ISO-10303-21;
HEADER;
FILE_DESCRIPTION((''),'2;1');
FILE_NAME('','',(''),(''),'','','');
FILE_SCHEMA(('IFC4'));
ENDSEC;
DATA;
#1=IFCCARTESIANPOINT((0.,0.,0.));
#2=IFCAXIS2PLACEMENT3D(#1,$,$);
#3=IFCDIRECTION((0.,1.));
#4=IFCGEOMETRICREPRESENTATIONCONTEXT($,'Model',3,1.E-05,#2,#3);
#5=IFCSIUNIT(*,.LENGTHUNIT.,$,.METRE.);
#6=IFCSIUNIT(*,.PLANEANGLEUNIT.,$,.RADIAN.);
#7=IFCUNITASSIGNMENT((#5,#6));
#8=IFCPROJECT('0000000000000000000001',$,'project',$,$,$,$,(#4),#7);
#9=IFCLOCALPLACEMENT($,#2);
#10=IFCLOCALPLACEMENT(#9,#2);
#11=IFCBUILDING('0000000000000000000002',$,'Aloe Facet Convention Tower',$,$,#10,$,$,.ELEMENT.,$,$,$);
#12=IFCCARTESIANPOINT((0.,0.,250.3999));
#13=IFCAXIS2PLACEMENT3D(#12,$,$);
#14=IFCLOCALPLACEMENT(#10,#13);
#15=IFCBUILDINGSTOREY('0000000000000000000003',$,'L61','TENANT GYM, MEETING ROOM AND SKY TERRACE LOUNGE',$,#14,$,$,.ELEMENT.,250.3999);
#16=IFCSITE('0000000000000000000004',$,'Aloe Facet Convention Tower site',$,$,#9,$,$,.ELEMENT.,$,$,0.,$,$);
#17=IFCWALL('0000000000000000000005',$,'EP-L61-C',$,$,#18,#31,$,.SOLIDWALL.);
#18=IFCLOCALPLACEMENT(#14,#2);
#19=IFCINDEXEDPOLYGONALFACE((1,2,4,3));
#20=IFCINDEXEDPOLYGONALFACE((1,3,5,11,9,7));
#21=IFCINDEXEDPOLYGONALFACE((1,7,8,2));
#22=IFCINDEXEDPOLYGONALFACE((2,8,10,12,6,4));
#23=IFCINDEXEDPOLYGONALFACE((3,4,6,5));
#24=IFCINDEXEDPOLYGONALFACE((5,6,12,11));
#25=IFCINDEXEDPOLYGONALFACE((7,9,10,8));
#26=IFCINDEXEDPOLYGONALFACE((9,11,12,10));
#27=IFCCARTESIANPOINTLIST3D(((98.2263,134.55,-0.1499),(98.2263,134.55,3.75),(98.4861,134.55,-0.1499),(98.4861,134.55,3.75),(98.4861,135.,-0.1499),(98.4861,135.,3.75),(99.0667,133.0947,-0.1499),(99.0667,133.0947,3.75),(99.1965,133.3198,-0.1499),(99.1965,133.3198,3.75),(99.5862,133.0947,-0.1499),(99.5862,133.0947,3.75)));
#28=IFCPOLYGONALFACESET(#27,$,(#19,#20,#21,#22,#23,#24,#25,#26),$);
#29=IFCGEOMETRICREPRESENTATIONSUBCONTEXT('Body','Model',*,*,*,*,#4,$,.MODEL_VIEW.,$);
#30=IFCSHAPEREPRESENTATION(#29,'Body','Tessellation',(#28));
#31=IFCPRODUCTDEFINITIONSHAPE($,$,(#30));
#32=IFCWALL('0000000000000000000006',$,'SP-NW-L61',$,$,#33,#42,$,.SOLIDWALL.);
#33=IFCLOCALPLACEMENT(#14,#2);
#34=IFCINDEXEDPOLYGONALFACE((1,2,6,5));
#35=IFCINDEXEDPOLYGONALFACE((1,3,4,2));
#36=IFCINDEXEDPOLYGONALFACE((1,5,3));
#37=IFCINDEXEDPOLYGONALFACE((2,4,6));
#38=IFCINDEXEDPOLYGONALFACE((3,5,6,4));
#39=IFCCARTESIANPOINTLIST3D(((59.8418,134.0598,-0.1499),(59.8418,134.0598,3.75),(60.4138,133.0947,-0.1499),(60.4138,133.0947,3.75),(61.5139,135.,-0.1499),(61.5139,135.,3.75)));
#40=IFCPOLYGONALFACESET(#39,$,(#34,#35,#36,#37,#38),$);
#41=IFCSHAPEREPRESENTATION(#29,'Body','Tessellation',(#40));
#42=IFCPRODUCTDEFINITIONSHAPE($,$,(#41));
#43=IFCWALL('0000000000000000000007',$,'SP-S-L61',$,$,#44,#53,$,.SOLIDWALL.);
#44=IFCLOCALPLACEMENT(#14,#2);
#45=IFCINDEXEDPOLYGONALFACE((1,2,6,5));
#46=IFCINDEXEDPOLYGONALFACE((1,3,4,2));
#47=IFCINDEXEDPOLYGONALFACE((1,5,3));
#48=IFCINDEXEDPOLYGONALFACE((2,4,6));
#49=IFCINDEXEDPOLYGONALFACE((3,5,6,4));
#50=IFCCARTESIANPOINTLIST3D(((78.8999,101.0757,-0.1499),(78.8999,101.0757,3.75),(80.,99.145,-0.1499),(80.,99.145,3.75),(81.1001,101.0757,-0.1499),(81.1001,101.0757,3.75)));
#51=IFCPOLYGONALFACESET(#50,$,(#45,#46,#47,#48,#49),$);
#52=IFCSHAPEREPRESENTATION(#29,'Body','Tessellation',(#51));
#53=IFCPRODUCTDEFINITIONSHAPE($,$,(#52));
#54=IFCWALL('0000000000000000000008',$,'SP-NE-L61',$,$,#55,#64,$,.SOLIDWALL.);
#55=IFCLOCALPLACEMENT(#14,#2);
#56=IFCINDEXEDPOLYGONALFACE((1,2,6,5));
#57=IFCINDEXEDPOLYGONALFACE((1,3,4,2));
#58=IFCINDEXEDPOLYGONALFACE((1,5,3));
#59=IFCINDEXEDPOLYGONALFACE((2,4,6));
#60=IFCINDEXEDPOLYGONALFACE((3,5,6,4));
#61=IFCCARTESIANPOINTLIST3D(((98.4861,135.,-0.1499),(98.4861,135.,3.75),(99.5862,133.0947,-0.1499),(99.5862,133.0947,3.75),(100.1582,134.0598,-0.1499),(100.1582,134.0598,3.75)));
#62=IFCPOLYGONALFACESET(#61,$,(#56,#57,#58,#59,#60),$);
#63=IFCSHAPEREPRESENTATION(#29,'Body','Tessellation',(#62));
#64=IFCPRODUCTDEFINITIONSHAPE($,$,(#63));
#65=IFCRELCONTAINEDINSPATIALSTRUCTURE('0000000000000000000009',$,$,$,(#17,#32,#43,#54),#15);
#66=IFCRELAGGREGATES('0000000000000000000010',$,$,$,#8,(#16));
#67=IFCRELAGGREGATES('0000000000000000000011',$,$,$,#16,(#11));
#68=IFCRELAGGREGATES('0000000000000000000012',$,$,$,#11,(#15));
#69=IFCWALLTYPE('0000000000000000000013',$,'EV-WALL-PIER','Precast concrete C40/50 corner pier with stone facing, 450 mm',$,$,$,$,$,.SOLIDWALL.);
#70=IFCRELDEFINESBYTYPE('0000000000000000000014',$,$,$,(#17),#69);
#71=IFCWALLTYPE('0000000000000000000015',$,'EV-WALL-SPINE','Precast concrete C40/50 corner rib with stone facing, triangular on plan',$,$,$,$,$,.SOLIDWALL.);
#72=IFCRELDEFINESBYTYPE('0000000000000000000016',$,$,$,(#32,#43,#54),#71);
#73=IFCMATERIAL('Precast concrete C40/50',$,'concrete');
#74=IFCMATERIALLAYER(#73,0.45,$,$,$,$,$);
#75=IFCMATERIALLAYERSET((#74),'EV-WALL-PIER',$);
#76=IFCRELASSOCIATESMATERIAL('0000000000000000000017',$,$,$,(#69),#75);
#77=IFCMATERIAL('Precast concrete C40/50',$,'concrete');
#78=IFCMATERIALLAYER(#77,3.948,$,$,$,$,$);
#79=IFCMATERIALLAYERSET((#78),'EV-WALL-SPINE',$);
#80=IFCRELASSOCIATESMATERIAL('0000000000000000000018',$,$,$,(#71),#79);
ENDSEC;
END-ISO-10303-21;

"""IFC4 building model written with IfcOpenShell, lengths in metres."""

from ifc_helpers import new_model, si_unit, direction, frame, origin, place, context, subcontext, project, spatial, polyline, outline, extrude, material, layer, layer_set, type_object, element, save


model = new_model("IFC4")

# Units and contexts
model_context = context("Model", 3, precision=1e-05, world=origin(), true_north=direction((0.0, 1.0)))
body_context = subcontext(model_context, "Body", "Model", "MODEL_VIEW")
ifc_project = project(units=[si_unit("LENGTHUNIT", "METRE"), si_unit("PLANEANGLEUNIT", "RADIAN")], contexts=[model_context])

# Site, building, storey
site_placement = place(None, origin())
site = spatial("IfcSite", under=ifc_project, at=site_placement, Name="Aloe Facet Convention Tower site", CompositionType="ELEMENT", RefElevation=0.0)
building_placement = place(site_placement, origin())
building = spatial("IfcBuilding", under=site, at=building_placement, Name="Aloe Facet Convention Tower", CompositionType="ELEMENT")
storey_placement = place(building_placement, frame((0.0, 0.0, 250.3999)))
storey = spatial("IfcBuildingStorey", under=building, at=storey_placement, Name="L61", Description="TENANT GYM, MEETING ROOM AND SKY TERRACE LOUNGE", CompositionType="ELEMENT", Elevation=250.3999)

# Walls
ifc_material_1 = material(Name="Precast concrete C40/50", Category="concrete")
ifc_layer_1 = layer(ifc_material_1, 0.45)
ifc_layer_set_1 = layer_set([ifc_layer_1], Name="EV-WALL-PIER")
wall_type_1 = type_object("IfcWallType", Name="EV-WALL-PIER", Description="Precast concrete C40/50 corner pier with stone facing, 450 mm", PredefinedType="SOLIDWALL", material=ifc_layer_set_1)
wall_1_placement = place(storey_placement, frame((0.0, 0.0, -0.1499)))
element("IfcWall", 1, at=wall_1_placement, inside=storey, type_object=wall_type_1, Name="EP-L61-C", PredefinedType="SOLIDWALL", context=body_context, shape_type="SweptSolid", body=[
    extrude(outline(polyline([(99.5862, 133.0947), (99.1965, 133.3198), (99.0667, 133.0947), (98.2263, 134.55), (98.4861, 134.55), (98.4861, 135.0), (99.5862, 133.0947)])), origin(), (0.0, 0.0, 1.0), 3.8999),
])
ifc_material_2 = material(Name="Precast concrete C40/50", Category="concrete")
ifc_layer_2 = layer(ifc_material_2, 3.948)
ifc_layer_set_2 = layer_set([ifc_layer_2], Name="EV-WALL-SPINE")
wall_type_2 = type_object("IfcWallType", Name="EV-WALL-SPINE", Description="Precast concrete C40/50 corner rib with stone facing, triangular on plan", PredefinedType="SOLIDWALL", material=ifc_layer_set_2)
wall_2_placement = place(storey_placement, frame((0.0, 0.0, -0.1499)))
element("IfcWall", 2, at=wall_2_placement, inside=storey, type_object=wall_type_2, Name="SP-NW-L61", PredefinedType="SOLIDWALL", context=body_context, shape_type="SweptSolid", body=[
    extrude(outline(polyline([(61.5139, 135.0), (59.8418, 134.0598), (60.4138, 133.0947), (61.5139, 135.0)])), origin(), (0.0, 0.0, 1.0), 3.8999),
])
wall_3_placement = place(storey_placement, frame((0.0, 0.0, -0.1499)))
element("IfcWall", 3, at=wall_3_placement, inside=storey, type_object=wall_type_2, Name="SP-S-L61", PredefinedType="SOLIDWALL", context=body_context, shape_type="SweptSolid", body=[
    extrude(outline(polyline([(78.8999, 101.0757), (80.0, 99.145), (81.1001, 101.0757), (78.8999, 101.0757)])), origin(), (0.0, 0.0, 1.0), 3.8999),
])
wall_4_placement = place(storey_placement, frame((0.0, 0.0, -0.1499)))
element("IfcWall", 4, at=wall_4_placement, inside=storey, type_object=wall_type_2, Name="SP-NE-L61", PredefinedType="SOLIDWALL", context=body_context, shape_type="SweptSolid", body=[
    extrude(outline(polyline([(99.5862, 133.0947), (100.1582, 134.0598), (98.4861, 135.0), (99.5862, 133.0947)])), origin(), (0.0, 0.0, 1.0), 3.8999),
])

save(model, "model.ifc")
